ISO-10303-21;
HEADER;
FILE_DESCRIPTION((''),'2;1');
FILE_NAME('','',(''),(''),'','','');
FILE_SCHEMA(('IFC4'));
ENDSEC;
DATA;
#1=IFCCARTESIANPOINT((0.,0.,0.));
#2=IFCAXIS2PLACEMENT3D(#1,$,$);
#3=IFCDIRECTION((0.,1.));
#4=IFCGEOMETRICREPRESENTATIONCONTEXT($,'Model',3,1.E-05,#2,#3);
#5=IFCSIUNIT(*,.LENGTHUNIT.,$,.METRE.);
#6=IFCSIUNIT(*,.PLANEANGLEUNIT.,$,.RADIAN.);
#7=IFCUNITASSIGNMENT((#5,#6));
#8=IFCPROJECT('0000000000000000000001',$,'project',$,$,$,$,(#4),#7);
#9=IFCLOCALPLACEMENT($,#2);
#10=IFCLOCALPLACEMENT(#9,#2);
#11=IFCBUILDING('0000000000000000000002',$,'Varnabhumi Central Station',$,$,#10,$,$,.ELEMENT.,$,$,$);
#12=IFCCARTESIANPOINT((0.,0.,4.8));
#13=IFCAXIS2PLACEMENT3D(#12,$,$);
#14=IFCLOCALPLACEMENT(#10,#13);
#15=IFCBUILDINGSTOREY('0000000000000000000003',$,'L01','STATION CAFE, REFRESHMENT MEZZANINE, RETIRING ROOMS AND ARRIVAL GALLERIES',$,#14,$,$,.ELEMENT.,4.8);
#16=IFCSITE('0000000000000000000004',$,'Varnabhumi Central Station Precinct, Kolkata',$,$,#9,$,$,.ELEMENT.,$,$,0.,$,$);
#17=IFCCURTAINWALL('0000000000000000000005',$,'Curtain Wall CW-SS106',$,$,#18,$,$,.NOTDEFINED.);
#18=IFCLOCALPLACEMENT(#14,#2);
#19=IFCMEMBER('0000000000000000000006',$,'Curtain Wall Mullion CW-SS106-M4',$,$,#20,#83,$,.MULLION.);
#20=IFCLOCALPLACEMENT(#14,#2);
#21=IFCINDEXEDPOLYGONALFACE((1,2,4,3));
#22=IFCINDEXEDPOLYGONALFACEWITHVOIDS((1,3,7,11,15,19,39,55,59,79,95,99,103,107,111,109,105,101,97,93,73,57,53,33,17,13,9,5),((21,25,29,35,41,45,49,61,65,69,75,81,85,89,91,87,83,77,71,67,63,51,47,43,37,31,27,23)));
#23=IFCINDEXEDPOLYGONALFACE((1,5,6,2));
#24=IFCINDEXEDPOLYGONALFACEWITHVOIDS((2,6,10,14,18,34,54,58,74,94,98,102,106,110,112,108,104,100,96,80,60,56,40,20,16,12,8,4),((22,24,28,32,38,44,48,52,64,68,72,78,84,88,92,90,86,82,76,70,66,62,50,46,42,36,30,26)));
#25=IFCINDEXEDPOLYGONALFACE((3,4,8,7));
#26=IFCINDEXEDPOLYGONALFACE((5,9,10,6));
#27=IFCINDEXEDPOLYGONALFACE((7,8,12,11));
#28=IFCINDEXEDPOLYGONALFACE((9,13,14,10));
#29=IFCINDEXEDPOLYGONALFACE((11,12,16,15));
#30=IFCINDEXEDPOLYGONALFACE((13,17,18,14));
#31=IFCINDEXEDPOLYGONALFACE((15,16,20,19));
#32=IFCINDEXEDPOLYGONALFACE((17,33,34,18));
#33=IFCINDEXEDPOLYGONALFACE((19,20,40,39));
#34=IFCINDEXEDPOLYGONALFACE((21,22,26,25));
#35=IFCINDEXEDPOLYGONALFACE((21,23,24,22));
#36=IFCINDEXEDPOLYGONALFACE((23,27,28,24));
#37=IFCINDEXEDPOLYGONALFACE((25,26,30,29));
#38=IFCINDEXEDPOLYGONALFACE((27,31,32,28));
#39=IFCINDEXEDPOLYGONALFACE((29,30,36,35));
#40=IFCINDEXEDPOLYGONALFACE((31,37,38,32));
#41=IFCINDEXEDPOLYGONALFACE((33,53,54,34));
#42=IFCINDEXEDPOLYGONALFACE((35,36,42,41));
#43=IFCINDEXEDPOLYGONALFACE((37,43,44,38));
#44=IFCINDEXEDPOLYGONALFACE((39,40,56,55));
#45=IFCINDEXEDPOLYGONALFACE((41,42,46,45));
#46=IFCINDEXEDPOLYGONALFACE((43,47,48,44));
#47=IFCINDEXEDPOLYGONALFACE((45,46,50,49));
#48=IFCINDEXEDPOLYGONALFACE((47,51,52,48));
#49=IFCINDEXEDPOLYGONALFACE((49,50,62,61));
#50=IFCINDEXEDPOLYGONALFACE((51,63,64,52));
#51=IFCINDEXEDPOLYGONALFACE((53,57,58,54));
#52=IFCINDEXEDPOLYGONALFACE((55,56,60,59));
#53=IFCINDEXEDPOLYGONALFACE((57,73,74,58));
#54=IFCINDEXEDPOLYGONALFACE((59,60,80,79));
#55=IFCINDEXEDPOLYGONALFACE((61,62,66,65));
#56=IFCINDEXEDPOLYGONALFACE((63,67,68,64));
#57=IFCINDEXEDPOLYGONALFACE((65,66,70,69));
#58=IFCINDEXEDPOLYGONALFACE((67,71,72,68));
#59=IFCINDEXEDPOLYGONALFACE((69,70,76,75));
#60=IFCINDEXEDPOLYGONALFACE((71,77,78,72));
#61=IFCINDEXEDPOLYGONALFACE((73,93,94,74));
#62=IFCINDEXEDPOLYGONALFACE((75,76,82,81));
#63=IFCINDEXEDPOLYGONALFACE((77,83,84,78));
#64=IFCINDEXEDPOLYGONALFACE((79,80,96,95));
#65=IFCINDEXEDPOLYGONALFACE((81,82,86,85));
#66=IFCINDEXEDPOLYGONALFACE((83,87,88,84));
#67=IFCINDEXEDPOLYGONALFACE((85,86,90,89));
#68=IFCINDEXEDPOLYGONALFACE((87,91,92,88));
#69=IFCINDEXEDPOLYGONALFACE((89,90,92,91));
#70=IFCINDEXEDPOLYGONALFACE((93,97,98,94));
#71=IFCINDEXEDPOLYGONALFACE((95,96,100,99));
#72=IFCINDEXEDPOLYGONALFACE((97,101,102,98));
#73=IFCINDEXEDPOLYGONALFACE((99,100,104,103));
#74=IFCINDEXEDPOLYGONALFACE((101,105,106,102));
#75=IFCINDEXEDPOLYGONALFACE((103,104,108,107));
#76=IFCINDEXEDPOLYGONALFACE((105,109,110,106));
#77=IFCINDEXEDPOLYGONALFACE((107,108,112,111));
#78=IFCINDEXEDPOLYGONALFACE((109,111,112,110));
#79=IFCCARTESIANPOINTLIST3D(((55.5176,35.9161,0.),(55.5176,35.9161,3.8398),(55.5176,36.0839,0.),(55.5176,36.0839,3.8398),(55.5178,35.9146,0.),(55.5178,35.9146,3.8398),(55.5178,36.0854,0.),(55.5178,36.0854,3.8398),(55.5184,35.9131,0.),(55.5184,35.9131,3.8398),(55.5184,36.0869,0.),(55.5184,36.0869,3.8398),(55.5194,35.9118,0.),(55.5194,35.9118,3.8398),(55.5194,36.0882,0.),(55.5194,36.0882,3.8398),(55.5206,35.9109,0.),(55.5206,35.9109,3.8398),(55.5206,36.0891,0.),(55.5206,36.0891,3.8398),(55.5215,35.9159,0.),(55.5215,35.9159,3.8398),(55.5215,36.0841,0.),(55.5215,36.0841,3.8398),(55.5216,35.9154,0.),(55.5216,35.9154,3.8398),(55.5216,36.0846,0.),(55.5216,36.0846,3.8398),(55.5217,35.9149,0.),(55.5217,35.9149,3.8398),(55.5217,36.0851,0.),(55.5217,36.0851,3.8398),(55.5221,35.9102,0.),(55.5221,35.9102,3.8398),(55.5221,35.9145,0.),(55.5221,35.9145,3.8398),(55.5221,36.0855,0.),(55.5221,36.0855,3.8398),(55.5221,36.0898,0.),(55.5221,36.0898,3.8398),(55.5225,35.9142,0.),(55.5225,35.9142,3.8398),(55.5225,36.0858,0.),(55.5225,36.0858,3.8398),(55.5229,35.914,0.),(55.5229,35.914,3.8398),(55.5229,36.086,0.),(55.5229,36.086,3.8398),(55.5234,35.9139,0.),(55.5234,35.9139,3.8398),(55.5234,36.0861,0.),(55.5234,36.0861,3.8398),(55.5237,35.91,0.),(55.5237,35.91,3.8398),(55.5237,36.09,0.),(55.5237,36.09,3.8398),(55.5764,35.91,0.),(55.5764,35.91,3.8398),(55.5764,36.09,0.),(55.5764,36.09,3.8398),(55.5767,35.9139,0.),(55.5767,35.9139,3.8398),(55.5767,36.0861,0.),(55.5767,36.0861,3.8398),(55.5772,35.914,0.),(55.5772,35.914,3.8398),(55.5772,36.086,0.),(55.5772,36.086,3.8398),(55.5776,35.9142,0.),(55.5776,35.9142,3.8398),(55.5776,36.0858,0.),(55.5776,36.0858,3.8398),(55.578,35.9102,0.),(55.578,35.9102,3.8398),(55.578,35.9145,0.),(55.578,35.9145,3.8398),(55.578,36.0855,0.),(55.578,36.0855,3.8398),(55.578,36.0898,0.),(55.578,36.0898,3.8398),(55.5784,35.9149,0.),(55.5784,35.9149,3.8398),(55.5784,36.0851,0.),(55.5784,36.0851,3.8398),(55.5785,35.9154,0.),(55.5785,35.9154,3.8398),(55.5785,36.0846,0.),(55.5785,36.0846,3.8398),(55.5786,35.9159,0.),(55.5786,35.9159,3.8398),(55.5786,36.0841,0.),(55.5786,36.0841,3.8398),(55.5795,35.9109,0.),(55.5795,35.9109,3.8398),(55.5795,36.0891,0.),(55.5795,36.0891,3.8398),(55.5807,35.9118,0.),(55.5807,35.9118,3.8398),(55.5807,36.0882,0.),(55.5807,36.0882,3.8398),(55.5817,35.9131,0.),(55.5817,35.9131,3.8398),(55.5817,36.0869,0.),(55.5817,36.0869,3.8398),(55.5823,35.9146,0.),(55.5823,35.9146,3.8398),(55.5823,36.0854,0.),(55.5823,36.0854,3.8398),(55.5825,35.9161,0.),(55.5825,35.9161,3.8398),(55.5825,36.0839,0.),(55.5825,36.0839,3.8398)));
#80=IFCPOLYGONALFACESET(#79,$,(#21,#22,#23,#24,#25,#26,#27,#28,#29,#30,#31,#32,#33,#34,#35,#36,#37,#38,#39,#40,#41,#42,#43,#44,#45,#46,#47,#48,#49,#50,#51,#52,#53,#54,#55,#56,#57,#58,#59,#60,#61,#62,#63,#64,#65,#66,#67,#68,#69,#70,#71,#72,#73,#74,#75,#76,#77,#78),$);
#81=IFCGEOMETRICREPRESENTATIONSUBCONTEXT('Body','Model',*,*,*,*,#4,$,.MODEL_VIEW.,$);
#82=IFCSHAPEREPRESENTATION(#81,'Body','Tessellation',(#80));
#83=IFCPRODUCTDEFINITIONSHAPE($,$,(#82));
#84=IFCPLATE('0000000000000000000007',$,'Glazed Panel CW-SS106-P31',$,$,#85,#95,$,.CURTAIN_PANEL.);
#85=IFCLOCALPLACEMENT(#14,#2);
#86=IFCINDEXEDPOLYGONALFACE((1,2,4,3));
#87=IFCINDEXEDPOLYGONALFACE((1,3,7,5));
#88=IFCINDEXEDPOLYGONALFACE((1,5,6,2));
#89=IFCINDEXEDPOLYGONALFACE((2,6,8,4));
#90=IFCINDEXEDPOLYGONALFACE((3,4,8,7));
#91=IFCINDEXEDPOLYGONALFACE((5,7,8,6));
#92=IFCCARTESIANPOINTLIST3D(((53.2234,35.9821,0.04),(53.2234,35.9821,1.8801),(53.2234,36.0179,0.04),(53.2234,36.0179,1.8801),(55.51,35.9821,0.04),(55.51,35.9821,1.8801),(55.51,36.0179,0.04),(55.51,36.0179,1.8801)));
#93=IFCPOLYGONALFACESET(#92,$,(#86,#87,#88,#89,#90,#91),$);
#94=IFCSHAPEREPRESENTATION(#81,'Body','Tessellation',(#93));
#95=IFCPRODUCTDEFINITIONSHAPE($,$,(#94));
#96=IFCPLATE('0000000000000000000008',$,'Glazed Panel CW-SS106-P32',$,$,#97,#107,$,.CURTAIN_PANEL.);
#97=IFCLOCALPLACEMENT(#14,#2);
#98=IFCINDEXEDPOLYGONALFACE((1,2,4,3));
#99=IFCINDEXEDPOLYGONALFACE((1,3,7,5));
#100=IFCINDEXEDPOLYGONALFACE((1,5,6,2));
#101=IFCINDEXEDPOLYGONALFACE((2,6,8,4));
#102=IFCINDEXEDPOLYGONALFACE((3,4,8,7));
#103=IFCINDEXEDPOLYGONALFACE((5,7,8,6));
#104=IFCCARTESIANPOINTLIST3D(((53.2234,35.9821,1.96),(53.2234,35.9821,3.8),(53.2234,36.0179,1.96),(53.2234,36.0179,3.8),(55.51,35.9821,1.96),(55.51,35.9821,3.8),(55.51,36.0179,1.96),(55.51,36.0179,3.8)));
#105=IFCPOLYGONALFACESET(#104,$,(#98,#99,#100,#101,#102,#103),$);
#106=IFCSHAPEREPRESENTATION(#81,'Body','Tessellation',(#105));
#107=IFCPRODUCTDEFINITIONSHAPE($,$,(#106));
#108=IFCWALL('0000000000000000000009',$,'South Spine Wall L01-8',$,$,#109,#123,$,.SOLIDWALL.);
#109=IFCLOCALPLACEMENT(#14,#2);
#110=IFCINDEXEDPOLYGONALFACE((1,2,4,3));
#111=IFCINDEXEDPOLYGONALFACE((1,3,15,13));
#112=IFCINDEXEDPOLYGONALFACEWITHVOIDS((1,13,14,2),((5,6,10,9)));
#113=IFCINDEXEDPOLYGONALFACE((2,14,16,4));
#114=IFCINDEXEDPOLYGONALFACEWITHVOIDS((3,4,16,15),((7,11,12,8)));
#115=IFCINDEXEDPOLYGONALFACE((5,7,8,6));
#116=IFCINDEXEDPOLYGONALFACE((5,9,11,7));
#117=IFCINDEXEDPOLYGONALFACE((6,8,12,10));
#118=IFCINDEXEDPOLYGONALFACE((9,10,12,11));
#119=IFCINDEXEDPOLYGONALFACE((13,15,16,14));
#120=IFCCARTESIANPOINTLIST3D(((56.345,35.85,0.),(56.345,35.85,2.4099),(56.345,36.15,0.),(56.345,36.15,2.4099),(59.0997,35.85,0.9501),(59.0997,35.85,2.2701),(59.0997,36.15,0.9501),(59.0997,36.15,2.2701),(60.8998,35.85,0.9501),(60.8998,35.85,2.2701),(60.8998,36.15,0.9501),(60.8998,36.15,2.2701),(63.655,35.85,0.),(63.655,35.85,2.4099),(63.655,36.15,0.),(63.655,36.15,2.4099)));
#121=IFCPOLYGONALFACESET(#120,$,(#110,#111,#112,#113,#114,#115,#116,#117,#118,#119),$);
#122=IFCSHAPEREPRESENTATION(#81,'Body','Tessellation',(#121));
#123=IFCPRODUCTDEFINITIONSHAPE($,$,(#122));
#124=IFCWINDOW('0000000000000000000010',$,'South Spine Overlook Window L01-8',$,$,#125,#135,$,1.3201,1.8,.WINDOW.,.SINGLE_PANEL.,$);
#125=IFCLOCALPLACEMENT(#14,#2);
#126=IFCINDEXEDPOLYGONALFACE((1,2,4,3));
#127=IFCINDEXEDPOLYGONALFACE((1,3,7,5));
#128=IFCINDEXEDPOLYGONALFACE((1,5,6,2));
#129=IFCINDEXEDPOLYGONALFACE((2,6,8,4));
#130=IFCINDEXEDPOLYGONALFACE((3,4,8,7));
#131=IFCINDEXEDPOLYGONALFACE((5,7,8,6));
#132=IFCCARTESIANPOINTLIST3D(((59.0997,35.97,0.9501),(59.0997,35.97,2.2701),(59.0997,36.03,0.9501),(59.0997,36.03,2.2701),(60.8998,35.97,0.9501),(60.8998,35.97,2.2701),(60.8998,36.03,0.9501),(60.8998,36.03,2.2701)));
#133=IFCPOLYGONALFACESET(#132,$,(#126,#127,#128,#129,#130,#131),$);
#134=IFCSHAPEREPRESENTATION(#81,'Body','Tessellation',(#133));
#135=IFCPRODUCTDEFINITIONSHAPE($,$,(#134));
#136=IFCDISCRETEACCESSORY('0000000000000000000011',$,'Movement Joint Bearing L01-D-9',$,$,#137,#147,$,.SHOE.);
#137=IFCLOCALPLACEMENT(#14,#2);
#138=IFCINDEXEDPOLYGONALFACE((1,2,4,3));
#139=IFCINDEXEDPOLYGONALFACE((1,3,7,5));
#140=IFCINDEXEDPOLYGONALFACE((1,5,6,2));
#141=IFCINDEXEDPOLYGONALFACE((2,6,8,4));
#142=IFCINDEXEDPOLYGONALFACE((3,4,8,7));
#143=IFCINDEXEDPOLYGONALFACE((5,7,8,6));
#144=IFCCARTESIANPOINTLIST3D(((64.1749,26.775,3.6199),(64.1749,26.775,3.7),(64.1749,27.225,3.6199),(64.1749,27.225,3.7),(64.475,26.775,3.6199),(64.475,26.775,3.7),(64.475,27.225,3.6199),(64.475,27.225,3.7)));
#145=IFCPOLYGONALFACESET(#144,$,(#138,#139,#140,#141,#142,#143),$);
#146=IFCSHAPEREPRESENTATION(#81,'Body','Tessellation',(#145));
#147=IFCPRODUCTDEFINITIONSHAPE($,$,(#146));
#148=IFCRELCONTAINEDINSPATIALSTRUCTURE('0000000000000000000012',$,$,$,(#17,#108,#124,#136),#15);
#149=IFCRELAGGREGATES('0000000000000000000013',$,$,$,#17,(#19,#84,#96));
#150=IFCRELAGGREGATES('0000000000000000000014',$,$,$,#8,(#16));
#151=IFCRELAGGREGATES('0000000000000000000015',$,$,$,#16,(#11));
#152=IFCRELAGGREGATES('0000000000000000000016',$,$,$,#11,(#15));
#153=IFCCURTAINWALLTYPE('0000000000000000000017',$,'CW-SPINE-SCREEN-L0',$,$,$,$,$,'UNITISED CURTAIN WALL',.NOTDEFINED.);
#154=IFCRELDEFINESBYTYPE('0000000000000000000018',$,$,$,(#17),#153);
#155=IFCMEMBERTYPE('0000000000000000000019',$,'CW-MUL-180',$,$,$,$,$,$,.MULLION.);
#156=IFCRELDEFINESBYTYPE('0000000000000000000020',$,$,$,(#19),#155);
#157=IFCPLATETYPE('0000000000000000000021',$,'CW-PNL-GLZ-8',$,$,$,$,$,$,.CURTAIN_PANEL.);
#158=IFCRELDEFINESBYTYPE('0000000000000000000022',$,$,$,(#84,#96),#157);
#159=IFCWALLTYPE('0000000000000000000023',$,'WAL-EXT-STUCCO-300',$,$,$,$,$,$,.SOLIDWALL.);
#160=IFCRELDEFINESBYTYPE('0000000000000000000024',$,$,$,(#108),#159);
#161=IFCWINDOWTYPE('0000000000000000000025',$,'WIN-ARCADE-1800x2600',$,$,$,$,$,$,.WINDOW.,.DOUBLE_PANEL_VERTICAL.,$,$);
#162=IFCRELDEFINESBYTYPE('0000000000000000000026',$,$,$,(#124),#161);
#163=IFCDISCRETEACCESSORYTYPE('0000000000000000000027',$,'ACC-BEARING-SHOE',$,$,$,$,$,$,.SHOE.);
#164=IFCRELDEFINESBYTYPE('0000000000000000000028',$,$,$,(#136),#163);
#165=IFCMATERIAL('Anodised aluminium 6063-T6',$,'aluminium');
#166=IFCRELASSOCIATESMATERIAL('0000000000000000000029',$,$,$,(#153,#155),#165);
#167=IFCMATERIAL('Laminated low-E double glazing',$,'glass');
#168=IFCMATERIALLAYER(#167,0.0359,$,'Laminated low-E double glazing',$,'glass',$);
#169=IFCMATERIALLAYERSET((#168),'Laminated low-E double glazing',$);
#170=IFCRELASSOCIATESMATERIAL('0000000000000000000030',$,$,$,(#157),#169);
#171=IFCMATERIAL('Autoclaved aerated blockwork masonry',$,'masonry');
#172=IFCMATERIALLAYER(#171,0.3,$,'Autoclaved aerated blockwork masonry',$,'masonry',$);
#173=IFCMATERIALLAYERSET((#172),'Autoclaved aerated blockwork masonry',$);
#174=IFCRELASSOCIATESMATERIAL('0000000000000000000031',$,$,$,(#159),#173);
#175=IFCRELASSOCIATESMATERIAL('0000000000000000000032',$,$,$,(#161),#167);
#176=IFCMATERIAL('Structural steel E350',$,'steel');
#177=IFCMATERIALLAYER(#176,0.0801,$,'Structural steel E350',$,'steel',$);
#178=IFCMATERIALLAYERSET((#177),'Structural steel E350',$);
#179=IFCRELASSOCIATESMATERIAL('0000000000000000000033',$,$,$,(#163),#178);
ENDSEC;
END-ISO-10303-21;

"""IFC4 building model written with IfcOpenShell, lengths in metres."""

from ifc_helpers import new_model, si_unit, direction, frame, frame_2d, origin, origin_2d, place, context, subcontext, project, spatial, rectangle, hollow_rectangle, extrude, material, layer, layer_set, material_profile, profile_set, type_object, element, fill, aggregate, save


model = new_model("IFC4")

# Units and contexts
model_context = context("Model", 3, precision=1e-05, world=origin(), true_north=direction((0.0, 1.0)))
body_context = subcontext(model_context, "Body", "Model", "MODEL_VIEW")
ifc_project = project(units=[si_unit("LENGTHUNIT", "METRE"), si_unit("PLANEANGLEUNIT", "RADIAN")], contexts=[model_context])

# Site, building, storey
site_placement = place(None, origin())
site = spatial("IfcSite", under=ifc_project, at=site_placement, Name="Varnabhumi Central Station Precinct, Kolkata", CompositionType="ELEMENT", RefElevation=0.0)
building_placement = place(site_placement, origin())
building = spatial("IfcBuilding", under=site, at=building_placement, Name="Varnabhumi Central Station", CompositionType="ELEMENT")
storey_placement = place(building_placement, frame((0.0, 0.0, 4.8)))
storey = spatial("IfcBuildingStorey", under=building, at=storey_placement, Name="L01", Description="STATION CAFE, REFRESHMENT MEZZANINE, RETIRING ROOMS AND ARRIVAL GALLERIES", CompositionType="ELEMENT", Elevation=4.8)

# Shared definitions
ifc_material_1 = material(Name="Structural steel E350", Category="steel")

# Curtain wall, member, plates
ifc_material_2 = material(Name="Anodised aluminium 6063-T6", Category="aluminium")
curtain_wall_type = type_object("IfcCurtainWallType", Name="CW-SPINE-SCREEN-L0", ElementType="UNITISED CURTAIN WALL", PredefinedType="NOTDEFINED", material=ifc_material_2)
curtain_wall_placement = place(storey_placement, origin())
curtain_wall = element("IfcCurtainWall", 1, at=curtain_wall_placement, inside=storey, type_object=curtain_wall_type, Name="Curtain Wall CW-SS106", PredefinedType="NOTDEFINED")
ifc_material_profile_1 = material_profile(ifc_material_2, hollow_rectangle(XDim=0.0649, YDim=0.1799, WallThickness=0.0039, InnerFilletRadius=0.002, OuterFilletRadius=0.0061, at=origin_2d()), Name="Anodised aluminium 6063-T6", Category="aluminium")
ifc_profile_set_1 = profile_set([ifc_material_profile_1], Name="Anodised aluminium 6063-T6")
member_type = type_object("IfcMemberType", Name="CW-MUL-180", PredefinedType="MULLION", material=ifc_profile_set_1)
member_placement = place(storey_placement, frame((55.55, 36.0, 0.0), z_axis=(0.0, 0.0, 1.0), x_axis=(1.0, 0.0, 0.0)))
member = element("IfcMember", 2, at=member_placement, type_object=member_type, Name="Curtain Wall Mullion CW-SS106-M4", PredefinedType="MULLION", context=body_context, shape_type="SweptSolid", body=[
    extrude(hollow_rectangle(XDim=0.0649, YDim=0.1799, WallThickness=0.0039, InnerFilletRadius=0.002, OuterFilletRadius=0.0061, at=origin_2d()), origin(), (0.0, 0.0, 1.0), 3.8398),
])
ifc_material_3 = material(Name="Laminated low-E double glazing", Category="glass")
ifc_layer_1 = layer(ifc_material_3, 0.0359, Name="Laminated low-E double glazing", Category="glass")
ifc_layer_set_1 = layer_set([ifc_layer_1], Name="Laminated low-E double glazing")
plate_type = type_object("IfcPlateType", Name="CW-PNL-GLZ-8", PredefinedType="CURTAIN_PANEL", material=ifc_layer_set_1)
plate_1_placement = place(storey_placement, frame((54.3667, 36.0, 0.04), z_axis=(0.0, 0.0, 1.0), x_axis=(1.0, 0.0, 0.0)))
plate_1 = element("IfcPlate", 3, at=plate_1_placement, type_object=plate_type, Name="Glazed Panel CW-SS106-P31", PredefinedType="CURTAIN_PANEL", context=body_context, shape_type="SweptSolid", body=[
    extrude(rectangle(XDim=2.2866, YDim=0.0359, at=origin_2d()), origin(), (0.0, 0.0, 1.0), 1.8401),
])
plate_2_placement = place(storey_placement, frame((54.3667, 36.0, 1.96), z_axis=(0.0, 0.0, 1.0), x_axis=(1.0, 0.0, 0.0)))
plate_2 = element("IfcPlate", 4, at=plate_2_placement, type_object=plate_type, Name="Glazed Panel CW-SS106-P32", PredefinedType="CURTAIN_PANEL", context=body_context, shape_type="SweptSolid", body=[
    extrude(rectangle(XDim=2.2866, YDim=0.0359, at=origin_2d()), origin(), (0.0, 0.0, 1.0), 1.8401),
])
aggregate(curtain_wall, [member, plate_1, plate_2])

# Wall, opening, window
ifc_material_4 = material(Name="Autoclaved aerated blockwork masonry", Category="masonry")
ifc_layer_2 = layer(ifc_material_4, 0.3, Name="Autoclaved aerated blockwork masonry", Category="masonry")
ifc_layer_set_2 = layer_set([ifc_layer_2], Name="Autoclaved aerated blockwork masonry")
wall_type = type_object("IfcWallType", Name="WAL-EXT-STUCCO-300", PredefinedType="SOLIDWALL", material=ifc_layer_set_2)
wall_placement = place(storey_placement, frame((56.345, 36.0, 0.0), z_axis=(0.0, 0.0, 1.0), x_axis=(1.0, 0.0, 0.0)))
wall = element("IfcWall", 5, at=wall_placement, inside=storey, type_object=wall_type, Name="South Spine Wall L01-8", PredefinedType="SOLIDWALL", context=body_context, shape_type="SweptSolid", body=[
    extrude(rectangle(XDim=7.3101, YDim=0.3, at=frame_2d((3.655, 0.0))), origin(), (0.0, 0.0, 1.0), 2.4099),
])
opening_placement = place(wall_placement, frame((2.7549, 0.0, 0.95)))
opening = element("IfcOpeningElement", 6, at=opening_placement, cuts=wall, PredefinedType="OPENING", context=body_context, shape_type="SweptSolid", body=[
    extrude(rectangle(XDim=1.8, YDim=1.3201, at=frame_2d((0.8999, 0.6602))), frame((0.0, 0.1599, 0.0), z_axis=(0.0, -1.0, 0.0), x_axis=(1.0, 0.0, 0.0)), (0.0, 0.0, 1.0), 0.3201),
])
window_type = type_object("IfcWindowType", Name="WIN-ARCADE-1800x2600", PartitioningType="DOUBLE_PANEL_VERTICAL", PredefinedType="WINDOW", material=ifc_material_3)
window_placement = place(opening_placement, origin())
window = element("IfcWindow", 7, at=window_placement, inside=storey, type_object=window_type, Name="South Spine Overlook Window L01-8", OverallHeight=1.3201, OverallWidth=1.8, PartitioningType="SINGLE_PANEL", PredefinedType="WINDOW", context=body_context, shape_type="SweptSolid", body=[
    extrude(rectangle(XDim=1.8, YDim=1.3201, at=frame_2d((0.8999, 0.6602))), frame((0.0, 0.03, 0.0), z_axis=(0.0, -1.0, 0.0), x_axis=(1.0, 0.0, 0.0)), (0.0, 0.0, 1.0), 0.0601),
])
fill(opening, window)

# Discrete accessory
ifc_layer_3 = layer(ifc_material_1, 0.0801, Name="Structural steel E350", Category="steel")
ifc_layer_set_3 = layer_set([ifc_layer_3], Name="Structural steel E350")
discrete_accessory_type = type_object("IfcDiscreteAccessoryType", Name="ACC-BEARING-SHOE", PredefinedType="SHOE", material=ifc_layer_set_3)
discrete_accessory_placement = place(storey_placement, frame((64.325, 27.0, 3.6199), z_axis=(0.0, 0.0, 1.0), x_axis=(1.0, 0.0, 0.0)))
element("IfcDiscreteAccessory", 8, at=discrete_accessory_placement, inside=storey, type_object=discrete_accessory_type, Name="Movement Joint Bearing L01-D-9", PredefinedType="SHOE", context=body_context, shape_type="SweptSolid", body=[
    extrude(rectangle(XDim=0.3, YDim=0.45, at=origin_2d()), origin(), (0.0, 0.0, 1.0), 0.0801),
])

save(model, "model.ifc")
